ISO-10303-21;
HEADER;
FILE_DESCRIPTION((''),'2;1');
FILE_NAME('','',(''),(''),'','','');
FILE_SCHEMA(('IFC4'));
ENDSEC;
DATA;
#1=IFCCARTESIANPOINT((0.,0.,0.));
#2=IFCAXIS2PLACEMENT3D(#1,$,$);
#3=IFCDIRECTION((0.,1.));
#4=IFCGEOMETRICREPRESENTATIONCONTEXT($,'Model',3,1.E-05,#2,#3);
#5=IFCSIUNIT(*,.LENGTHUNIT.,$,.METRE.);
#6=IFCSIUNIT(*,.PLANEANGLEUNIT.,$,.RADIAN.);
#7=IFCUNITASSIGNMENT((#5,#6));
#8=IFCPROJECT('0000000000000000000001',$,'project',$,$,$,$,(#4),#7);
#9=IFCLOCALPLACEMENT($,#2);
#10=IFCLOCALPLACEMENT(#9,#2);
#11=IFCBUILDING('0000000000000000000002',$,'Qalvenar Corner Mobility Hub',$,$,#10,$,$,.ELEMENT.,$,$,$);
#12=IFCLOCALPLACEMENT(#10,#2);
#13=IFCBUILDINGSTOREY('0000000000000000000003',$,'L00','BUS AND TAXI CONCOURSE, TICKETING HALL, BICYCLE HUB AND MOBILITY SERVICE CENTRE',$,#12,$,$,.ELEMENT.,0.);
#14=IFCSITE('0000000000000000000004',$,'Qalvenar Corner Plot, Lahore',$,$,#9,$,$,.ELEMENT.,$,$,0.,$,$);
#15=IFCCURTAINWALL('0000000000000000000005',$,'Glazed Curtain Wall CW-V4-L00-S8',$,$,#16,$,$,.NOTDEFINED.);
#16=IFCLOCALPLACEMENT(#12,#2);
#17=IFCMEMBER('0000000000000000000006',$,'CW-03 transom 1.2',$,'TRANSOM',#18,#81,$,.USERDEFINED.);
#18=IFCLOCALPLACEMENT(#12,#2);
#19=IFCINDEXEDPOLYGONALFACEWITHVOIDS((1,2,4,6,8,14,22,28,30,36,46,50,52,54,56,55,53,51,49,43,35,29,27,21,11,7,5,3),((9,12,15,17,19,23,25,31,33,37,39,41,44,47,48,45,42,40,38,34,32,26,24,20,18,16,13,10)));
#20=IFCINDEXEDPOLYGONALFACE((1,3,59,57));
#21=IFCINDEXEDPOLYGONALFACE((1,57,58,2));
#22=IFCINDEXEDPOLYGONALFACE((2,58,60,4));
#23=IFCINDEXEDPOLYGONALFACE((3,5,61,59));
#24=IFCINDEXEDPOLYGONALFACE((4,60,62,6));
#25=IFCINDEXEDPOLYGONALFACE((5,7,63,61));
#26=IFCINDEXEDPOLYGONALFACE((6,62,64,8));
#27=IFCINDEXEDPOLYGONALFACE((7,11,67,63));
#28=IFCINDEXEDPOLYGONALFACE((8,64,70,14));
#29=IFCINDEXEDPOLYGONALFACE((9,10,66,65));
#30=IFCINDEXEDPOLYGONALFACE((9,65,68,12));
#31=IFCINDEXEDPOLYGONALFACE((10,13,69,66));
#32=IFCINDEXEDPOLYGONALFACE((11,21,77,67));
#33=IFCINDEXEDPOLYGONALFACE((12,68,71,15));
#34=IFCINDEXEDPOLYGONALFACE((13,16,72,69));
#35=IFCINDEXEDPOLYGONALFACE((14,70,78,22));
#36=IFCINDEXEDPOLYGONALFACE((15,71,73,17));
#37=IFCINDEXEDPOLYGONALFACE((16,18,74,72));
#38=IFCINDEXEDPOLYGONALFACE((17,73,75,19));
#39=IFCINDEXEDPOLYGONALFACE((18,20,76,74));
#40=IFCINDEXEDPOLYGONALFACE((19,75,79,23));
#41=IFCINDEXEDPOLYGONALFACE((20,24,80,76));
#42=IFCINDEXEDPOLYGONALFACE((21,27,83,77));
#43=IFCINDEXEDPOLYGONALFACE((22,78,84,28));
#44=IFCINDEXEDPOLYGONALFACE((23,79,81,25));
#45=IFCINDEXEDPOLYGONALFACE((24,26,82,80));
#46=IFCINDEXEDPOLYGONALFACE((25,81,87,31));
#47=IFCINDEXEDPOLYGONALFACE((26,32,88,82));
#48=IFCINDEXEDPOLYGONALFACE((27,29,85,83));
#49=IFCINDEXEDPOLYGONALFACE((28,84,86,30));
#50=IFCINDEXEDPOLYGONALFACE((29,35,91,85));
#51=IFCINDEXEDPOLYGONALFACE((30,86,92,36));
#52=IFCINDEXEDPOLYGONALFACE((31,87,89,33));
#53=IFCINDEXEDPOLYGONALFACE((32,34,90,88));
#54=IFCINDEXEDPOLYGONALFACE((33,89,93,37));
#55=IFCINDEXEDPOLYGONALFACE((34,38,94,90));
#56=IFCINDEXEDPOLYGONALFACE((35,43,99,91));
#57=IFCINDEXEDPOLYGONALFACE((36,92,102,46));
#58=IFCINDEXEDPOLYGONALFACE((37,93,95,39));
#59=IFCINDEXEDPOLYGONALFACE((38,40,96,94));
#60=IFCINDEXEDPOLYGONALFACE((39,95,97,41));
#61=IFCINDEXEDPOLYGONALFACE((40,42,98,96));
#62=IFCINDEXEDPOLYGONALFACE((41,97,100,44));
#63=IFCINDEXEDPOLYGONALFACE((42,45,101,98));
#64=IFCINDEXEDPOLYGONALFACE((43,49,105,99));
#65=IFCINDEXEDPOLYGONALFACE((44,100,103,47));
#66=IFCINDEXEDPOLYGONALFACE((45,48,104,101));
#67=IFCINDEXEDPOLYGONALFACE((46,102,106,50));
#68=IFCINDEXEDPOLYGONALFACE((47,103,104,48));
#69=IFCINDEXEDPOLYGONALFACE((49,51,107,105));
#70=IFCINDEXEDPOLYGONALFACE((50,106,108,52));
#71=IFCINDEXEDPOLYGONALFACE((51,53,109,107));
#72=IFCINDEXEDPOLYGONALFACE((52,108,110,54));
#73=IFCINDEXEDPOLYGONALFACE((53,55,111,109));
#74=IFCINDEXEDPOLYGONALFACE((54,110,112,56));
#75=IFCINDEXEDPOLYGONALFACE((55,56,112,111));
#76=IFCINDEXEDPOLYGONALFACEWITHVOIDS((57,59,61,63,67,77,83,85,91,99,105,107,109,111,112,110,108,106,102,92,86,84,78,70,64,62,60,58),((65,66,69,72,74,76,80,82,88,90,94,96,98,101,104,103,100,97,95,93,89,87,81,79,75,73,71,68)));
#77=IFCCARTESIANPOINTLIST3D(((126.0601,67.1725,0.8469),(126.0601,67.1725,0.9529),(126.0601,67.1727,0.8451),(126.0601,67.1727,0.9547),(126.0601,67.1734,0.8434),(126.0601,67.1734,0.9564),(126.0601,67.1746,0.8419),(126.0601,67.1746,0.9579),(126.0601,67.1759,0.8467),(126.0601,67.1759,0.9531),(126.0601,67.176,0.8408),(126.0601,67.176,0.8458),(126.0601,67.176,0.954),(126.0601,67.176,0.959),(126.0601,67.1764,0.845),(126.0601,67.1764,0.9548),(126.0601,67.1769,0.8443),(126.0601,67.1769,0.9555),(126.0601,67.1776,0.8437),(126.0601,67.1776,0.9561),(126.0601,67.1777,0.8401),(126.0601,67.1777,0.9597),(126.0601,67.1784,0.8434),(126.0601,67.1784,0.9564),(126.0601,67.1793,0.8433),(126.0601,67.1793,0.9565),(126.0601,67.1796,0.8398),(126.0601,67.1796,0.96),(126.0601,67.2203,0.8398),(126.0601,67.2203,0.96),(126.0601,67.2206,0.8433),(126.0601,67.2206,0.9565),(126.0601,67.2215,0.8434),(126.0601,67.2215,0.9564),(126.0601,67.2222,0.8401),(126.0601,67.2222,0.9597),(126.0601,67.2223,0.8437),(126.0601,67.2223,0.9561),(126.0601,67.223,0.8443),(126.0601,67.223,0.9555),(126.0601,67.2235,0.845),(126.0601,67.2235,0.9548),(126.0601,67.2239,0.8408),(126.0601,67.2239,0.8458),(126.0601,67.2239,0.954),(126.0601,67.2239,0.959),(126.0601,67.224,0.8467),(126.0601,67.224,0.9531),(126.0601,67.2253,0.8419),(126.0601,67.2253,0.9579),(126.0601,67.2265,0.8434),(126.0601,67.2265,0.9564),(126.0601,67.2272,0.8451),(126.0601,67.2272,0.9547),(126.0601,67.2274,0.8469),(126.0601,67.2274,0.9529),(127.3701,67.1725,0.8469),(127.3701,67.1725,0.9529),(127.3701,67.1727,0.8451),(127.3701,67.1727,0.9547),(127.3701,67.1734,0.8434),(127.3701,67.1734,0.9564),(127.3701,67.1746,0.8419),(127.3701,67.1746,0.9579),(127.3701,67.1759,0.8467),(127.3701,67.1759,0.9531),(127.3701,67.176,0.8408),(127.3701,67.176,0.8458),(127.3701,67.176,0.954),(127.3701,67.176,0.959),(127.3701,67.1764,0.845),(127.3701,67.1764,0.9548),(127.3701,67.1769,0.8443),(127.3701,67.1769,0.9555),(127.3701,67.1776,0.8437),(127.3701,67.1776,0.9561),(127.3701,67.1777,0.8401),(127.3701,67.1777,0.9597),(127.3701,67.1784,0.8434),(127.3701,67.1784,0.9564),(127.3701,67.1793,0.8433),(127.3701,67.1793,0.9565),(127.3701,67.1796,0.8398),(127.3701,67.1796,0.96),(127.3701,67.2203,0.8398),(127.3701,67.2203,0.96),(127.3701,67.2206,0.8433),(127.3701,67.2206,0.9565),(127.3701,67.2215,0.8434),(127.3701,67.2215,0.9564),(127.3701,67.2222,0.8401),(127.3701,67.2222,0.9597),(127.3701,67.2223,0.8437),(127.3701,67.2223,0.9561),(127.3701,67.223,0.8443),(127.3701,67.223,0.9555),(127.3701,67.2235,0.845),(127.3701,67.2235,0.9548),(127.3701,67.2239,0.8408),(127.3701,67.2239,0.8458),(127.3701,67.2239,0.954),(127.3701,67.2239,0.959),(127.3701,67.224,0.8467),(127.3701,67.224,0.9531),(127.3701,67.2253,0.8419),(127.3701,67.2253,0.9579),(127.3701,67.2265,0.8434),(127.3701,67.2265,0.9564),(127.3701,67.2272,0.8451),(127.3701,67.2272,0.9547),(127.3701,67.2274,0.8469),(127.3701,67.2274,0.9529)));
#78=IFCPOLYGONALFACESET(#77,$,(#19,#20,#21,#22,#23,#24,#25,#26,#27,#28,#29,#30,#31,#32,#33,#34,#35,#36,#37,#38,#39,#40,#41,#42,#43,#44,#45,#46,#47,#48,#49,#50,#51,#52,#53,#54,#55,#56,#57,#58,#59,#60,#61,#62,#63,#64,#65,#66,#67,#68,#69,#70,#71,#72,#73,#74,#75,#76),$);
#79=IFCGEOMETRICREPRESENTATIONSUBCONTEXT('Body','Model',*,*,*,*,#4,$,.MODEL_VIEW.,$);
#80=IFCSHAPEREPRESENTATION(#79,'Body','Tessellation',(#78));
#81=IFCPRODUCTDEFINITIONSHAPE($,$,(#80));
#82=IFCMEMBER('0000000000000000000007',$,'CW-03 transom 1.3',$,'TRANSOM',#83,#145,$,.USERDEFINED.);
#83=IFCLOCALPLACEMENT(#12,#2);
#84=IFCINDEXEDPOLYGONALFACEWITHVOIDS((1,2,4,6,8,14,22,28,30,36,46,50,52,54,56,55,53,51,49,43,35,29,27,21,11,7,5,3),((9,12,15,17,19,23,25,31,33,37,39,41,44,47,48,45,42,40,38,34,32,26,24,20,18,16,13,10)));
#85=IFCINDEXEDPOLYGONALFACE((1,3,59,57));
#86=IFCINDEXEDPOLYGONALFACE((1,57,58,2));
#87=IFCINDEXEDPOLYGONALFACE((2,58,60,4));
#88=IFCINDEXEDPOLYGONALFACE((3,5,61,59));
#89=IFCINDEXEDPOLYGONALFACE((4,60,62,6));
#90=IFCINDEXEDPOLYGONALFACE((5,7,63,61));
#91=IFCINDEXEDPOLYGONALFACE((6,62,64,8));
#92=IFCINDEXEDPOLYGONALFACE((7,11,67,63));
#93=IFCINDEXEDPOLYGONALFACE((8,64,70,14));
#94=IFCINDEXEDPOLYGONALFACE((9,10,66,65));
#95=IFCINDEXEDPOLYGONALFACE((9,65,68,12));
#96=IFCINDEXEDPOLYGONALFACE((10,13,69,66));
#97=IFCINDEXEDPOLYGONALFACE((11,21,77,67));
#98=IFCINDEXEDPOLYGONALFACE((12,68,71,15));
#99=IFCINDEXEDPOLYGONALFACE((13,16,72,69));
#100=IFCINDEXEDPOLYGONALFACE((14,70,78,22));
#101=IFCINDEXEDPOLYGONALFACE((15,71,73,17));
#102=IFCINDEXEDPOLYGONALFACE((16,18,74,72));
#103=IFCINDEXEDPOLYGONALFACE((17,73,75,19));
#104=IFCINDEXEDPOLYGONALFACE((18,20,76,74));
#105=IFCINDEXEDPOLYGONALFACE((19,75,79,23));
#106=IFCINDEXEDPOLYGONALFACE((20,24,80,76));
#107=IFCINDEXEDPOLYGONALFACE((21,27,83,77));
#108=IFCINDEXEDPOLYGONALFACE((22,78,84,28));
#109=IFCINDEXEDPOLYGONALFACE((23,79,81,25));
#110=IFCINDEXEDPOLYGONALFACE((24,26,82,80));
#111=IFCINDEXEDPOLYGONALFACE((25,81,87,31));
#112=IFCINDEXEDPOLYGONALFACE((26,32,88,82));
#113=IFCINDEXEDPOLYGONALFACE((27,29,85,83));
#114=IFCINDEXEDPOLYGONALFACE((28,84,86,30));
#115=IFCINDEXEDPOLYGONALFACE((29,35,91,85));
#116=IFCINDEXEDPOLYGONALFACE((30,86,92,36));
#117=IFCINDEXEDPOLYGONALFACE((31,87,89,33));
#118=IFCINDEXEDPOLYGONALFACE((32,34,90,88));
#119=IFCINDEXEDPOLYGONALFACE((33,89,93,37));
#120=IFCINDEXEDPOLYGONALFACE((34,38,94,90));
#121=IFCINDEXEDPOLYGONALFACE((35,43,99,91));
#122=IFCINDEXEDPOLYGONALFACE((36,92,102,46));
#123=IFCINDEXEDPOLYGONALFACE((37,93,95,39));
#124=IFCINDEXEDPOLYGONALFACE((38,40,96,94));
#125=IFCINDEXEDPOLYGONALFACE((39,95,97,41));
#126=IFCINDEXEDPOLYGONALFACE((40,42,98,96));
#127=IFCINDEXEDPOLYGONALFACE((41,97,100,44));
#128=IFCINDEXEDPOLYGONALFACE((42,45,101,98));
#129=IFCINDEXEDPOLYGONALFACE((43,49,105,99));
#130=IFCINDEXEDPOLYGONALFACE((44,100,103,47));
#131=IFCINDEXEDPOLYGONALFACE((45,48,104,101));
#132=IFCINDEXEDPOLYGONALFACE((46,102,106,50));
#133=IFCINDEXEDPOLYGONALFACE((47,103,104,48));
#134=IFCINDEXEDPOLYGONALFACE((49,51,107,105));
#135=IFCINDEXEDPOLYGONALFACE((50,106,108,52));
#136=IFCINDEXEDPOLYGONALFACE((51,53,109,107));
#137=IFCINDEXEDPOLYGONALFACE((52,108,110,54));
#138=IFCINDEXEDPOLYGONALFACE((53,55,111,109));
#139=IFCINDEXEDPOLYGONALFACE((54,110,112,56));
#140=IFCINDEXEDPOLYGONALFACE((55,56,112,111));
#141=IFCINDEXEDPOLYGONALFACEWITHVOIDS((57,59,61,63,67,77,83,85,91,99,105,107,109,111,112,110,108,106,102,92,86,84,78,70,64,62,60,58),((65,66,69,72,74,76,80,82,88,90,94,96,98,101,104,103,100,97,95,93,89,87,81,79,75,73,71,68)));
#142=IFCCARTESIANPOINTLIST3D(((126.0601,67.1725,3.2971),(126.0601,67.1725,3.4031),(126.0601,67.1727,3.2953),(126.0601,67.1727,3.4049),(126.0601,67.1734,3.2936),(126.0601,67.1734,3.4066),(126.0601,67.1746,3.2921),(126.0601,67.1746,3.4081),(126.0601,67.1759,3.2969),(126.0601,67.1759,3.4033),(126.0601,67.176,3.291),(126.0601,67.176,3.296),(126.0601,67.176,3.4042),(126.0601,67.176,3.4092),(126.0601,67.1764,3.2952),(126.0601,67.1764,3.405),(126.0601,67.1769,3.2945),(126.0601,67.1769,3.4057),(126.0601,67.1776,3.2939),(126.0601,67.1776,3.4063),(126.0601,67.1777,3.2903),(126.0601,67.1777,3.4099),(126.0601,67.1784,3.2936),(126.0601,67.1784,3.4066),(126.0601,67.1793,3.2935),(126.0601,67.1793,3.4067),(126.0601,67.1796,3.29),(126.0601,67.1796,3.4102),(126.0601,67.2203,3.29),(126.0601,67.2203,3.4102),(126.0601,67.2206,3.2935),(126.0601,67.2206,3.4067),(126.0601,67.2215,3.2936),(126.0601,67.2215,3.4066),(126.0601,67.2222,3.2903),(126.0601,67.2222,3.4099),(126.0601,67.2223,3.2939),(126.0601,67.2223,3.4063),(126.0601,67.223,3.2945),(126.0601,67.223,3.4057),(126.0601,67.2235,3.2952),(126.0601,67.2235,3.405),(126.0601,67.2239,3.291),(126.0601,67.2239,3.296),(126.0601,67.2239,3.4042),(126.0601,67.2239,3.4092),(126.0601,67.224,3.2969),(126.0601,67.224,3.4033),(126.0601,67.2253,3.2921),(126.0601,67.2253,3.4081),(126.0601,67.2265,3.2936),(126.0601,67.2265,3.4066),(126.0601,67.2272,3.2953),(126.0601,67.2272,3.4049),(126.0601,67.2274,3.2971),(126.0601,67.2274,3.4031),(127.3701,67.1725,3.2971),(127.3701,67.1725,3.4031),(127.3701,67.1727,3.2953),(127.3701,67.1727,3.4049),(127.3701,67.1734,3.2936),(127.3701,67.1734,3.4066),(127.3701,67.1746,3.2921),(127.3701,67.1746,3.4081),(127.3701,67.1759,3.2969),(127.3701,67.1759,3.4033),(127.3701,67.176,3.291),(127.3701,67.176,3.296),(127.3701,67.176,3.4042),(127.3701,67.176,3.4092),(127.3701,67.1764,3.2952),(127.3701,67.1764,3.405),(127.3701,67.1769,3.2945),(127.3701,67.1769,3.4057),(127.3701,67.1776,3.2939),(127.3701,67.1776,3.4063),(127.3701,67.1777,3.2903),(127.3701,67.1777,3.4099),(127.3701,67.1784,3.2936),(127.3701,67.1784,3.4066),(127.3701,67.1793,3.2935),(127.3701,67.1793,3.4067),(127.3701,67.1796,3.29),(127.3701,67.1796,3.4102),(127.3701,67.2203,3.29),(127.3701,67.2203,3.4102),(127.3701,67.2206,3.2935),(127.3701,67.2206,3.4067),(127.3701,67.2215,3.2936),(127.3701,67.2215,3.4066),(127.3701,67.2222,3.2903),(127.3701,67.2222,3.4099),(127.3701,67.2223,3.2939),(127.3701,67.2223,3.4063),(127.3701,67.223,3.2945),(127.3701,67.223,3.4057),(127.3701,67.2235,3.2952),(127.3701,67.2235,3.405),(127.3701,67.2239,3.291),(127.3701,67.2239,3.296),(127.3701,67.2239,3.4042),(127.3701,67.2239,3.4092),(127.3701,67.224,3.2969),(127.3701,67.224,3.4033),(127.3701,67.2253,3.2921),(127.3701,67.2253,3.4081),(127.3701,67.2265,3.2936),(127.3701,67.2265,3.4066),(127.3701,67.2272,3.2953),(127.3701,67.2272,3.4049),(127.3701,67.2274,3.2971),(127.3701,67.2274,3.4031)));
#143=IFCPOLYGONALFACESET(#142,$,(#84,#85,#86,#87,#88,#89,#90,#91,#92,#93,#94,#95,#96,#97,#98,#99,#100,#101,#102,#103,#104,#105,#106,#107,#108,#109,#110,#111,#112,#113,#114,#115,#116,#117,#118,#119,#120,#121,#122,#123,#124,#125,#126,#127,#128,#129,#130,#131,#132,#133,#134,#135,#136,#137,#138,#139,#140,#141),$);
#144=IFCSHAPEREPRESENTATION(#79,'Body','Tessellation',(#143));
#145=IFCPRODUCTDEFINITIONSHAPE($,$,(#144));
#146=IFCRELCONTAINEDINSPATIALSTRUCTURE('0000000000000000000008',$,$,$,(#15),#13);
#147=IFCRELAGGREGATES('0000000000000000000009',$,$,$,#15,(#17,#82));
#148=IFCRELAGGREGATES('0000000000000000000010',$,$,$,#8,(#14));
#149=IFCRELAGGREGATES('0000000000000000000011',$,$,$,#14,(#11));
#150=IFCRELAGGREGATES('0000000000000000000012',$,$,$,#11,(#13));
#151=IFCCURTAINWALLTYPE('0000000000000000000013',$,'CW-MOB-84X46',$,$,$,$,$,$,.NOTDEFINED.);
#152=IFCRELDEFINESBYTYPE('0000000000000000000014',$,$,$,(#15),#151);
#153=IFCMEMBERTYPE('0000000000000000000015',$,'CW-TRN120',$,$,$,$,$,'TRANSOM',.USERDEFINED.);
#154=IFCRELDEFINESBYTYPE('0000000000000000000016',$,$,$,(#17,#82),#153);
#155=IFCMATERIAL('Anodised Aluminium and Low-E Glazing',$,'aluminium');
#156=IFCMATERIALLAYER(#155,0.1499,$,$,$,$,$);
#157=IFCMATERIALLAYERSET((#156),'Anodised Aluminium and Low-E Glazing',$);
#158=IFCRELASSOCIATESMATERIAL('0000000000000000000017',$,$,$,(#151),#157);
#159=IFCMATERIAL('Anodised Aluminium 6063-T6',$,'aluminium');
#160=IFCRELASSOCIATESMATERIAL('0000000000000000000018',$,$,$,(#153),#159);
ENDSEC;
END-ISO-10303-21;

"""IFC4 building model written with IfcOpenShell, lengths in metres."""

from ifc_helpers import new_model, si_unit, direction, frame, origin, origin_2d, place, context, subcontext, project, spatial, hollow_rectangle, extrude, material, layer, layer_set, material_profile, profile_set, type_object, element, aggregate, save


model = new_model("IFC4")

# Units and contexts
model_context = context("Model", 3, precision=1e-05, world=origin(), true_north=direction((0.0, 1.0)))
body_context = subcontext(model_context, "Body", "Model", "MODEL_VIEW")
ifc_project = project(units=[si_unit("LENGTHUNIT", "METRE"), si_unit("PLANEANGLEUNIT", "RADIAN")], contexts=[model_context])

# Site, building, storey
site_placement = place(None, origin())
site = spatial("IfcSite", under=ifc_project, at=site_placement, Name="Qalvenar Corner Plot, Lahore", CompositionType="ELEMENT", RefElevation=0.0)
building_placement = place(site_placement, origin())
building = spatial("IfcBuilding", under=site, at=building_placement, Name="Qalvenar Corner Mobility Hub", CompositionType="ELEMENT")
storey_placement = place(building_placement, origin())
storey = spatial("IfcBuildingStorey", under=building, at=storey_placement, Name="L00", Description="BUS AND TAXI CONCOURSE, TICKETING HALL, BICYCLE HUB AND MOBILITY SERVICE CENTRE", CompositionType="ELEMENT", Elevation=0.0)

# Curtain wall, members
ifc_material_1 = material(Name="Anodised Aluminium and Low-E Glazing", Category="aluminium")
ifc_layer_1 = layer(ifc_material_1, 0.1499)
ifc_layer_set_1 = layer_set([ifc_layer_1], Name="Anodised Aluminium and Low-E Glazing")
curtain_wall_type = type_object("IfcCurtainWallType", Name="CW-MOB-84X46", PredefinedType="NOTDEFINED", material=ifc_layer_set_1)
curtain_wall_placement = place(storey_placement, origin())
curtain_wall = element("IfcCurtainWall", 1, at=curtain_wall_placement, inside=storey, type_object=curtain_wall_type, Name="Glazed Curtain Wall CW-V4-L00-S8", PredefinedType="NOTDEFINED")
ifc_material_2 = material(Name="Anodised Aluminium 6063-T6", Category="aluminium")
ifc_material_profile_1 = material_profile(ifc_material_2, hollow_rectangle(XDim=0.0549, YDim=0.1201, WallThickness=0.0034, InnerFilletRadius=0.0034, OuterFilletRadius=0.0071, at=origin_2d()), Name="RHS120x55x3.5")
ifc_profile_set_1 = profile_set([ifc_material_profile_1], Name="Anodised Aluminium 6063-T6")
member_type_1 = type_object("IfcMemberType", Name="CW-TRN120", ElementType="TRANSOM", PredefinedType="USERDEFINED", material=ifc_profile_set_1)
member_1_placement = place(storey_placement, frame((126.0601, 67.2, 0.8999), z_axis=(1.0, 0.0, 0.0), x_axis=(0.0, 1.0, 0.0)))
member_1 = element("IfcMember", 2, at=member_1_placement, type_object=member_type_1, Name="CW-03 transom 1.2", ObjectType="TRANSOM", PredefinedType="USERDEFINED", context=body_context, shape_type="SweptSolid", body=[
    extrude(hollow_rectangle(XDim=0.0549, YDim=0.1201, WallThickness=0.0034, InnerFilletRadius=0.0034, OuterFilletRadius=0.0071, at=origin_2d()), origin(), (0.0, 0.0, 1.0), 1.3101),
])
member_2_placement = place(storey_placement, frame((126.0601, 67.2, 3.3501), z_axis=(1.0, 0.0, 0.0), x_axis=(0.0, 1.0, 0.0)))
member_2 = element("IfcMember", 3, at=member_2_placement, type_object=member_type_1, Name="CW-03 transom 1.3", ObjectType="TRANSOM", PredefinedType="USERDEFINED", context=body_context, shape_type="SweptSolid", body=[
    extrude(hollow_rectangle(XDim=0.0549, YDim=0.1201, WallThickness=0.0034, InnerFilletRadius=0.0034, OuterFilletRadius=0.0071, at=origin_2d()), origin(), (0.0, 0.0, 1.0), 1.3101),
])
aggregate(curtain_wall, [member_1, member_2])

save(model, "model.ifc")
